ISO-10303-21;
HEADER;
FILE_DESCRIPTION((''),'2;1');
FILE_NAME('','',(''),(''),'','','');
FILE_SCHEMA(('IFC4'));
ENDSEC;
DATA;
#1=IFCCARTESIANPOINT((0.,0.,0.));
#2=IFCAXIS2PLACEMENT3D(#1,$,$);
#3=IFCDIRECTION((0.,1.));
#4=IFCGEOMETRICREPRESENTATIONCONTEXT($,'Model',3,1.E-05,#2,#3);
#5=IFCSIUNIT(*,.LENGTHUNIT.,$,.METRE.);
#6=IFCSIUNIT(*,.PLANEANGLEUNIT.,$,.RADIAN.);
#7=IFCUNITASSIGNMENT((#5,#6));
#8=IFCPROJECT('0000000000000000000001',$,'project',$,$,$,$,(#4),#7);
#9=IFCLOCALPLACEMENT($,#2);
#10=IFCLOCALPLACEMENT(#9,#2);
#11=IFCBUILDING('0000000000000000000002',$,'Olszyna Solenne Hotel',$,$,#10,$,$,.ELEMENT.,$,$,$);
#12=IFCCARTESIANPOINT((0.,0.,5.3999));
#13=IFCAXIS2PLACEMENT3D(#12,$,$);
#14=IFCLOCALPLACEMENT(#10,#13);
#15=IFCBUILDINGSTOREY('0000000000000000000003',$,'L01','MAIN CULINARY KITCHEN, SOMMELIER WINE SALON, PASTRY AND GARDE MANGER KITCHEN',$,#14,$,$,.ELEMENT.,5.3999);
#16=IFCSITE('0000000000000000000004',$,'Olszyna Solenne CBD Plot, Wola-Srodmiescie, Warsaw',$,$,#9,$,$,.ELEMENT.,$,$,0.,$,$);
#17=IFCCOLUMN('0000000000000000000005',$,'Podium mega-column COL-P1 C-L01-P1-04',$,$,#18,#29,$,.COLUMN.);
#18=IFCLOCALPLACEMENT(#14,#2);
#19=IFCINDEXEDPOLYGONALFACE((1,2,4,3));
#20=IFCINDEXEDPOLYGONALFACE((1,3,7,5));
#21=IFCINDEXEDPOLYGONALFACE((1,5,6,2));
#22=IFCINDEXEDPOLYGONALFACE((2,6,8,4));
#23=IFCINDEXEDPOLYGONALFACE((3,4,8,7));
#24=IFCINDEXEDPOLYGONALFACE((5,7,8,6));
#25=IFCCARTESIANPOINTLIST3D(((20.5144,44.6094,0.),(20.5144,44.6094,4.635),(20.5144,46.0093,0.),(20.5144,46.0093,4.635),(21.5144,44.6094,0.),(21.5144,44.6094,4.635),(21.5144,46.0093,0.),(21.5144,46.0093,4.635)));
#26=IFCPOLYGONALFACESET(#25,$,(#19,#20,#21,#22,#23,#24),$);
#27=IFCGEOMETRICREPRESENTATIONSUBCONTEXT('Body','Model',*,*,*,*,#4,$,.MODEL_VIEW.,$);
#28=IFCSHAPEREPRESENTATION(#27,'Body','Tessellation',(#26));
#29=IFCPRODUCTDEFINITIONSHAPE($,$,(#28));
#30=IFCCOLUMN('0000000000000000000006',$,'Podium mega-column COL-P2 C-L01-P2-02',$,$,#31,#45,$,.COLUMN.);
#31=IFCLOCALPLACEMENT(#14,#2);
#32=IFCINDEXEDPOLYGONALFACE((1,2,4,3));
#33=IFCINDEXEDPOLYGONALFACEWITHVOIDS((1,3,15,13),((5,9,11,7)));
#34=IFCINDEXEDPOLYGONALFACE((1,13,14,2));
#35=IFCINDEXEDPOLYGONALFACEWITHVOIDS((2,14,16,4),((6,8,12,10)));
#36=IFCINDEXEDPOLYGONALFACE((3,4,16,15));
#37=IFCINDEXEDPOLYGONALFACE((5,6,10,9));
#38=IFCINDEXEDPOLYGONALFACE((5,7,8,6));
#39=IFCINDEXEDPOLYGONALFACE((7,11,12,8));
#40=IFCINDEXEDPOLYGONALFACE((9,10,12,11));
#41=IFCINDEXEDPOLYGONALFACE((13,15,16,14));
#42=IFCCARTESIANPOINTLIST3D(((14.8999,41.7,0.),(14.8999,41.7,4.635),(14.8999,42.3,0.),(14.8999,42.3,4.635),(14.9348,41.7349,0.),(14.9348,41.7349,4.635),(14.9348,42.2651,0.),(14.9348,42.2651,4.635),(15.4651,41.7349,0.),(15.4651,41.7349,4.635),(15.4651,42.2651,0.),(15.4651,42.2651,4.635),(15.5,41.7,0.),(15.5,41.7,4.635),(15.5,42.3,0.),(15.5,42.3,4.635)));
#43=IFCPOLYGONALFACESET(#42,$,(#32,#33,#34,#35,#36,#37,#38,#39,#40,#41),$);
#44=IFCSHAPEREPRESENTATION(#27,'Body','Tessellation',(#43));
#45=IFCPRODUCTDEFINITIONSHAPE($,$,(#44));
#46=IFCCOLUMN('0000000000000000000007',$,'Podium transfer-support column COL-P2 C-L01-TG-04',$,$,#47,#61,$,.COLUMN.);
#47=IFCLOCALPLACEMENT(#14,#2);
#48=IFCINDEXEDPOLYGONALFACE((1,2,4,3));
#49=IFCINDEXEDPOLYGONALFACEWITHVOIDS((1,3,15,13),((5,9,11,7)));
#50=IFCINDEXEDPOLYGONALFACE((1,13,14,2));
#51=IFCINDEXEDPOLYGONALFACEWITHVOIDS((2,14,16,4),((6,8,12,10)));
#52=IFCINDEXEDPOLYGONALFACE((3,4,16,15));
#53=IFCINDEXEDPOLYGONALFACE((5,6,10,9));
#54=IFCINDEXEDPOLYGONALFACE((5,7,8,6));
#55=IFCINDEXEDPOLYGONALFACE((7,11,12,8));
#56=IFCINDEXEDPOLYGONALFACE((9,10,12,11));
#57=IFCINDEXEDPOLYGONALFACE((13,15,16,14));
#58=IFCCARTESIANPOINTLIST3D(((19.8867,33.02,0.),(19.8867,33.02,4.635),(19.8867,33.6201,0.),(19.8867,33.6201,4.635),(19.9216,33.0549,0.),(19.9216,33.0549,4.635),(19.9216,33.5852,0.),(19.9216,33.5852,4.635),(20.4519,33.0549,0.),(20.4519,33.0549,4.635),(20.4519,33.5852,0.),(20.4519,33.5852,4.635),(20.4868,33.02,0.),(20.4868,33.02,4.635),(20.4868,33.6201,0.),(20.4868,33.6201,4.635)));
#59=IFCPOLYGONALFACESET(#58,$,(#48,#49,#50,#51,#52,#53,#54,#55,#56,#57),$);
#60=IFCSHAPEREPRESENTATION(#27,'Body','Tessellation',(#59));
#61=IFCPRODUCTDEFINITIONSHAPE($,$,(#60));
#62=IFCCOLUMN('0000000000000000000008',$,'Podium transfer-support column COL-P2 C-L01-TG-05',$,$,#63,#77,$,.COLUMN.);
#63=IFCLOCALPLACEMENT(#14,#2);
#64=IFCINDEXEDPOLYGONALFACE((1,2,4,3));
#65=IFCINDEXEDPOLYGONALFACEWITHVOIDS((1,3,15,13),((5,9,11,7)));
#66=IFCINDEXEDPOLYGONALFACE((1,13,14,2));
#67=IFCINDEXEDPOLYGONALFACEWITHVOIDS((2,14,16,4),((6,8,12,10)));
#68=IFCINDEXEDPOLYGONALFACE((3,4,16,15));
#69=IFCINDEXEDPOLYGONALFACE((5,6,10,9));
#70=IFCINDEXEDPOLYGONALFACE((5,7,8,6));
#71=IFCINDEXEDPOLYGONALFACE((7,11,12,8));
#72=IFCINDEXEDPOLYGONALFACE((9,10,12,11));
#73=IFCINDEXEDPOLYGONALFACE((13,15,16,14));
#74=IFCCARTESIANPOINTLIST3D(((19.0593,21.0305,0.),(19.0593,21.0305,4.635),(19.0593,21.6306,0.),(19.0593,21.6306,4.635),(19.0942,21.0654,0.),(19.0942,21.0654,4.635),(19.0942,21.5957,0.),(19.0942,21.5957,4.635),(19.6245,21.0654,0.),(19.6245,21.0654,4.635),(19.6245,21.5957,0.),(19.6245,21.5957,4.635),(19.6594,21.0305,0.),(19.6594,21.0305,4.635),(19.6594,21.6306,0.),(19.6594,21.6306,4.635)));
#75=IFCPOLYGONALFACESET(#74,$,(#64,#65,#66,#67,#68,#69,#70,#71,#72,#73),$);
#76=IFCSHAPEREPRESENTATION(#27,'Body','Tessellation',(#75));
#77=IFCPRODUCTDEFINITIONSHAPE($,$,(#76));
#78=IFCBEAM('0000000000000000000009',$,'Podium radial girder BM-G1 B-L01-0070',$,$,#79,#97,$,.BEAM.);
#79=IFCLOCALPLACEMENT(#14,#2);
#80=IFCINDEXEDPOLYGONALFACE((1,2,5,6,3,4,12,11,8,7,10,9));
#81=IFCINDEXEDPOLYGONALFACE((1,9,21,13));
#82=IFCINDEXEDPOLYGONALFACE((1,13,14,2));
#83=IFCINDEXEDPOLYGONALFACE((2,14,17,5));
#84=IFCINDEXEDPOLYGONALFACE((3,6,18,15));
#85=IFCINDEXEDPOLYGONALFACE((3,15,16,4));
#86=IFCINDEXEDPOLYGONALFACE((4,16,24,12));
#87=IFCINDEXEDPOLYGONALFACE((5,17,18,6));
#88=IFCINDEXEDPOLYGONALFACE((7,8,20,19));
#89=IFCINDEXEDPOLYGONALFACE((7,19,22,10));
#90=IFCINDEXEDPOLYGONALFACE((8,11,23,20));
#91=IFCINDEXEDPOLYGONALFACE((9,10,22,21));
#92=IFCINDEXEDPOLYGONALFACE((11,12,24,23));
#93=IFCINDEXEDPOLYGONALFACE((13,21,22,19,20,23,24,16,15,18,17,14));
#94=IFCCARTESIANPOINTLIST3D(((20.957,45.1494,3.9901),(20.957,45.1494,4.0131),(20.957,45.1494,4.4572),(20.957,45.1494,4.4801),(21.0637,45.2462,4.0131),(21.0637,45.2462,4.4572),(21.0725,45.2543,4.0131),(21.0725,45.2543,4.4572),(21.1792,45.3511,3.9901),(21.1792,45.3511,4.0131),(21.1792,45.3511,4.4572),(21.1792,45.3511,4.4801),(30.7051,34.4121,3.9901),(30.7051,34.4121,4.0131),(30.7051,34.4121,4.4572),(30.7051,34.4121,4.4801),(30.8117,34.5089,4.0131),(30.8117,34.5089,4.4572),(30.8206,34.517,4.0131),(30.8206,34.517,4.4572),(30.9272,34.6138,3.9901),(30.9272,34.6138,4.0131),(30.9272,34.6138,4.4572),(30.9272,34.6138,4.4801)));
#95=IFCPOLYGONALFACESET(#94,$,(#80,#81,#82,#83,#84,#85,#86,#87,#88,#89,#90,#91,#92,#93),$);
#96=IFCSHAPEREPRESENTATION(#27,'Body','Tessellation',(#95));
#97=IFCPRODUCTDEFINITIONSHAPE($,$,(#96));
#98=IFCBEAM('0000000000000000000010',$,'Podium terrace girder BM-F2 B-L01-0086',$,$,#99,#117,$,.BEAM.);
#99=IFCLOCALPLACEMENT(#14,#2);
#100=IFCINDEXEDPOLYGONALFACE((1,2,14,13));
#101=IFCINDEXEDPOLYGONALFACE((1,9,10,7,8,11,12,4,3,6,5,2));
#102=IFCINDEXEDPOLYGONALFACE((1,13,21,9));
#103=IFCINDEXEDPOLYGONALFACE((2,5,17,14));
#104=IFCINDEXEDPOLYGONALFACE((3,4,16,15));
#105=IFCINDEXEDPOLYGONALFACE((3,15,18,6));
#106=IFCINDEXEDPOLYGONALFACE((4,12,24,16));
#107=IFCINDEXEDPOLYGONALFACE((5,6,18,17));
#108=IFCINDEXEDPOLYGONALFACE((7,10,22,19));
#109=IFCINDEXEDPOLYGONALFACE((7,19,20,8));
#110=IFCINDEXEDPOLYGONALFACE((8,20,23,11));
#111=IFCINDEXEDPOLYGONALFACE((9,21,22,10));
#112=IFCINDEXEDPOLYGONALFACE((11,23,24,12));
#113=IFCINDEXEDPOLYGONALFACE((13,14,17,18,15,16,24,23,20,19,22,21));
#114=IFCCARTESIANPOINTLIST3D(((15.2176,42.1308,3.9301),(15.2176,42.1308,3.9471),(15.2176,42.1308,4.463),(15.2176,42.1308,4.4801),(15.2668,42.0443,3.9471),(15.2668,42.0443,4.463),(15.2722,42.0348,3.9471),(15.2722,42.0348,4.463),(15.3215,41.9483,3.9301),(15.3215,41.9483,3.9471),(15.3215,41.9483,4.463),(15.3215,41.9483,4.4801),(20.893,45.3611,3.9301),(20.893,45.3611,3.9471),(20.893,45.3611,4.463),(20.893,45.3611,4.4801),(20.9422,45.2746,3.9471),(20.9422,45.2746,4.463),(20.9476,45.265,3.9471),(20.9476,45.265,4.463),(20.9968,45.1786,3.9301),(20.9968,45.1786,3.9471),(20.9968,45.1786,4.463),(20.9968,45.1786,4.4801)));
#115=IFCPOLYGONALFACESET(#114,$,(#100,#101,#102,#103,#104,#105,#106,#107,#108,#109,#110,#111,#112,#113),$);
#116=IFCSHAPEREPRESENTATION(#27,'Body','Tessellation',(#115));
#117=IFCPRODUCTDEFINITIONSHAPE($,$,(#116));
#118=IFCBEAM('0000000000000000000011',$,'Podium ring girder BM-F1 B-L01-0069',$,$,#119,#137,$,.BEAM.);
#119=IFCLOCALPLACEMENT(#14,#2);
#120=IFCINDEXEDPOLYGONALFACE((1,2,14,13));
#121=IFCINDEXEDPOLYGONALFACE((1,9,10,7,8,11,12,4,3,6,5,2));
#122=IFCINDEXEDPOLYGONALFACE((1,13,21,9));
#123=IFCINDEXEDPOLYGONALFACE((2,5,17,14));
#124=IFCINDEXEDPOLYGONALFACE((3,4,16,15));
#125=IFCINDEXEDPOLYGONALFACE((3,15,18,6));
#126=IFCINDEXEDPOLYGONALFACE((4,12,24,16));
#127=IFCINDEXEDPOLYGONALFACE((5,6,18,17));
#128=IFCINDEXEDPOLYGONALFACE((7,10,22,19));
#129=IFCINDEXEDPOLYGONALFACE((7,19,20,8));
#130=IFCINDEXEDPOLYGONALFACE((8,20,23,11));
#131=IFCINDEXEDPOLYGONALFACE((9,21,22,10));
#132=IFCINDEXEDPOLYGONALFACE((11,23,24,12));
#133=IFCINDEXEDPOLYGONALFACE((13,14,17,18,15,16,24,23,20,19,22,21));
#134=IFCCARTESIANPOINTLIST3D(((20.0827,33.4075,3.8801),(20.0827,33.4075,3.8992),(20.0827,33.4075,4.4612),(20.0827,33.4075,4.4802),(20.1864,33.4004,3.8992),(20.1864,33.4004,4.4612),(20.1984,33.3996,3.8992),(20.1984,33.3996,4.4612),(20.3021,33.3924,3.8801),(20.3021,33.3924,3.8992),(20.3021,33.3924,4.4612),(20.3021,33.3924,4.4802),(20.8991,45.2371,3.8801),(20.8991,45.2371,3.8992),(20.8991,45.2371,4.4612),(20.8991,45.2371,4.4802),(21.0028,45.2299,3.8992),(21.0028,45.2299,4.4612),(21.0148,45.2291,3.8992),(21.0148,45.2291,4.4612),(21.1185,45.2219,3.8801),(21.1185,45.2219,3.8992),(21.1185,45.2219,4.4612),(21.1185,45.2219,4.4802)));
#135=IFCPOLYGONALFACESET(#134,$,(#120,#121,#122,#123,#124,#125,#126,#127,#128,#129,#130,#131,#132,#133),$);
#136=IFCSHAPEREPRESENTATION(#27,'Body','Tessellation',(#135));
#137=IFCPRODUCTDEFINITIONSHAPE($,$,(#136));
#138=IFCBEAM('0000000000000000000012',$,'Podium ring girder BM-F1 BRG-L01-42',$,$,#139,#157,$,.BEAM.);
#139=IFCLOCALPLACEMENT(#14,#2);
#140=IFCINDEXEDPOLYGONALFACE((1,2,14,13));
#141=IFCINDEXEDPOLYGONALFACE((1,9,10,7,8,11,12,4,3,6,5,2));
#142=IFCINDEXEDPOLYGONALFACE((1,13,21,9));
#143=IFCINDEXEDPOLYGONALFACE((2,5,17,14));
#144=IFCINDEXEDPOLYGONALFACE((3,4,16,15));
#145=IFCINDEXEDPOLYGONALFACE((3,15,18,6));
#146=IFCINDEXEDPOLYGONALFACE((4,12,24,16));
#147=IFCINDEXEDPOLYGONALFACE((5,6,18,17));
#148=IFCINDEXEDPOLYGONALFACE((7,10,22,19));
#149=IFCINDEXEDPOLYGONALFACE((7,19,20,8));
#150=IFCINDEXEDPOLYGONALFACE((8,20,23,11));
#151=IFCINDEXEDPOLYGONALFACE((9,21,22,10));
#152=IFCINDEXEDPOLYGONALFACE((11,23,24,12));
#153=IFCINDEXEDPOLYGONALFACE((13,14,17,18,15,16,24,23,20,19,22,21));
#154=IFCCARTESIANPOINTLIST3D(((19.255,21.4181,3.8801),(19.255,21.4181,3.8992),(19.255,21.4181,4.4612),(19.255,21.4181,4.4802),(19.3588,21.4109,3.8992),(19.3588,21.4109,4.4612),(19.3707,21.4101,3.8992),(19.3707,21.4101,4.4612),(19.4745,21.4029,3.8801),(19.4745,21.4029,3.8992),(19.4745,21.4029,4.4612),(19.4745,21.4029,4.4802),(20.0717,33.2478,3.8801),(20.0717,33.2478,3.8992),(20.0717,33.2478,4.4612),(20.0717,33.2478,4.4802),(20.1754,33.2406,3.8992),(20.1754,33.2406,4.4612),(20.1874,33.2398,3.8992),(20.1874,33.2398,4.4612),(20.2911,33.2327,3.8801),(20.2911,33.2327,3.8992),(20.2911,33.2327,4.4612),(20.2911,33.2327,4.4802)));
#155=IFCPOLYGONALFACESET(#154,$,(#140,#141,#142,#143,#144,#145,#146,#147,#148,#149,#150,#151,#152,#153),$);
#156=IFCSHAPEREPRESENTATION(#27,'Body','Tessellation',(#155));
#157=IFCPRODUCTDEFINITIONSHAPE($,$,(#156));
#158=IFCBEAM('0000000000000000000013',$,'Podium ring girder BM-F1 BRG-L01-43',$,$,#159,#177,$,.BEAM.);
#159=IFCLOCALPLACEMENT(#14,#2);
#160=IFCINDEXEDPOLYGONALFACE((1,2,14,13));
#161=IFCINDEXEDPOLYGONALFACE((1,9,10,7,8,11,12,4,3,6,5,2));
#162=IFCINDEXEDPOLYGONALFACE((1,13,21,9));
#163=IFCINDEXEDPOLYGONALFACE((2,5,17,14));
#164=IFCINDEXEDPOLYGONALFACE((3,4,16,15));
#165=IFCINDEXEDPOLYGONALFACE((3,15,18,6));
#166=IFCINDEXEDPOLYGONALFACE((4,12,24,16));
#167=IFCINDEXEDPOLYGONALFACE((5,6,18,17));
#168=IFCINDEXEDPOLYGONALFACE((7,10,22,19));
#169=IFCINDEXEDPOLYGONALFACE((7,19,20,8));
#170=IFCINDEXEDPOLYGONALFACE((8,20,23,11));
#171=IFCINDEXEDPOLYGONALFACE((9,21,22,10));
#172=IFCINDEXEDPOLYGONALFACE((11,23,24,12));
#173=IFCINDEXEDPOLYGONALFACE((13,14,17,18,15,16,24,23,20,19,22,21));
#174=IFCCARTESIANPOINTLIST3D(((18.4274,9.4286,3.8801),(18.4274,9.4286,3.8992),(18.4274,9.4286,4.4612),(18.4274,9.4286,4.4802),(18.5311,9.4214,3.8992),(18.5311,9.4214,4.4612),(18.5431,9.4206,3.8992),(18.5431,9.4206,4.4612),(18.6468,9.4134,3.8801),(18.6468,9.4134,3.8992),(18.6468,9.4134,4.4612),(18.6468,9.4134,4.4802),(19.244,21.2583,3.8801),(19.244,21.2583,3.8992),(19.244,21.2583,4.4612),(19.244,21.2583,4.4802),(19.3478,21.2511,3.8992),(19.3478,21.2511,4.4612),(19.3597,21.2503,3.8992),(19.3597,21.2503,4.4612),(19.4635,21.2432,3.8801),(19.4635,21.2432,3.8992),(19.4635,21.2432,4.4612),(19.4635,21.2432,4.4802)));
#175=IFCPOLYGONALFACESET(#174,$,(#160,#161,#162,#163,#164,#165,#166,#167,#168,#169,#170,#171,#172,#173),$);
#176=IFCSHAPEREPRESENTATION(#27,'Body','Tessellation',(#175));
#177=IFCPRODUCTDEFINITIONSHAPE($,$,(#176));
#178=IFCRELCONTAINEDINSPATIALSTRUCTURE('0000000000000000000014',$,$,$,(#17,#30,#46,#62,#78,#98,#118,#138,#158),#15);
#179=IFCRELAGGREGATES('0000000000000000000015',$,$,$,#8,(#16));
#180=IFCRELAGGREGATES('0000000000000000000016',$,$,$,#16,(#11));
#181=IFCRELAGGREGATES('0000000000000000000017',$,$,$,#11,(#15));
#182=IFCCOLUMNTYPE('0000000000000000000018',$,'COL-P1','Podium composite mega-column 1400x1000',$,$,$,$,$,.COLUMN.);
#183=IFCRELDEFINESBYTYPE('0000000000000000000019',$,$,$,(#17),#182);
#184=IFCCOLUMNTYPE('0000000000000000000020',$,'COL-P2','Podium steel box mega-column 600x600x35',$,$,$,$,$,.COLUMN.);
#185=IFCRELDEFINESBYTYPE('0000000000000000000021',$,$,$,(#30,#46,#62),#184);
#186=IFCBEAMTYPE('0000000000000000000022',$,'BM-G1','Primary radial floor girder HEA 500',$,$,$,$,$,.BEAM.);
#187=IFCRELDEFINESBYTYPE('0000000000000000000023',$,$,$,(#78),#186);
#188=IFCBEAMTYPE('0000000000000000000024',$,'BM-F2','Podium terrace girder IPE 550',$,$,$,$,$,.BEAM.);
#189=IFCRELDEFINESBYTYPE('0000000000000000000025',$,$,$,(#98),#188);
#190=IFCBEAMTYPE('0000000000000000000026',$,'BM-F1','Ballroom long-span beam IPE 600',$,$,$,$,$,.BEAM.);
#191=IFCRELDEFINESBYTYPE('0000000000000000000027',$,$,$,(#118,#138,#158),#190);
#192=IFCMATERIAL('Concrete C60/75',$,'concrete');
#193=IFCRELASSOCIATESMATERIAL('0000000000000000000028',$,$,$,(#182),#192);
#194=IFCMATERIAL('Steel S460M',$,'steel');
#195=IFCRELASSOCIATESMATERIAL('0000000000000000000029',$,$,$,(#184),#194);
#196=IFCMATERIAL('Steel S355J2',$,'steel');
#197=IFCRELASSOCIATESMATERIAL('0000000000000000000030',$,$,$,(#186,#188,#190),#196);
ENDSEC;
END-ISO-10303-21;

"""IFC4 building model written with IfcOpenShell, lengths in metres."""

from ifc_helpers import new_model, si_unit, direction, frame, origin, origin_2d, place, context, subcontext, project, spatial, rectangle, hollow_rectangle, i_section, extrude, source, transform, mapped, material, material_profile, profile_set, type_object, element, save


model = new_model("IFC4")

# Units and contexts
model_context = context("Model", 3, precision=1e-05, world=origin(), true_north=direction((0.0, 1.0)))
body_context = subcontext(model_context, "Body", "Model", "MODEL_VIEW")
ifc_project = project(units=[si_unit("LENGTHUNIT", "METRE"), si_unit("PLANEANGLEUNIT", "RADIAN")], contexts=[model_context])

# Site, building, storey
site_placement = place(None, origin())
site = spatial("IfcSite", under=ifc_project, at=site_placement, Name="Olszyna Solenne CBD Plot, Wola-Srodmiescie, Warsaw", CompositionType="ELEMENT", RefElevation=0.0)
building_placement = place(site_placement, origin())
building = spatial("IfcBuilding", under=site, at=building_placement, Name="Olszyna Solenne Hotel", CompositionType="ELEMENT")
storey_placement = place(building_placement, frame((0.0, 0.0, 5.3999)))
storey = spatial("IfcBuildingStorey", under=building, at=storey_placement, Name="L01", Description="MAIN CULINARY KITCHEN, SOMMELIER WINE SALON, PASTRY AND GARDE MANGER KITCHEN", CompositionType="ELEMENT", Elevation=5.3999)

# Columns
ifc_material_1 = material(Name="Concrete C60/75", Category="concrete")
ifc_material_profile_1 = material_profile(ifc_material_1, rectangle(XDim=1.0, YDim=1.3999, at=origin_2d()), Name="RC 1400x1000", Category="load-bearing")
ifc_profile_set_1 = profile_set([ifc_material_profile_1], Name="Concrete C60/75")
column_type_1 = type_object("IfcColumnType", Name="COL-P1", Description="Podium composite mega-column 1400x1000", PredefinedType="COLUMN", material=ifc_profile_set_1)
shared_shape_1 = source(origin(), body_context, "Body", "SweptSolid", [
    extrude(rectangle(XDim=1.0, YDim=1.3999, at=origin_2d()), origin(), (0.0, 0.0, 1.0), 4.635),
])
column_placement = place(storey_placement, frame((21.0144, 45.3093, 0.0), z_axis=(0.0, 0.0, 1.0), x_axis=(1.0, 0.0, 0.0)))
element("IfcColumn", 1, at=column_placement, inside=storey, type_object=column_type_1, Name="Podium mega-column COL-P1 C-L01-P1-04", PredefinedType="COLUMN", context=body_context, shape_type="MappedRepresentation", body=[
    mapped(shared_shape_1, transform((0.0, 0.0, 0.0), x_axis=(1.0, 0.0, 0.0), y_axis=(0.0, 1.0, 0.0), z_axis=(0.0, 0.0, 1.0), scale=1.0)),
])
ifc_material_2 = material(Name="Steel S460M", Category="steel")
ifc_material_profile_2 = material_profile(ifc_material_2, hollow_rectangle(XDim=0.6001, YDim=0.6001, WallThickness=0.0349, at=origin_2d()), Name="SHS 600x600x35", Category="load-bearing")
ifc_profile_set_2 = profile_set([ifc_material_profile_2], Name="Steel S460M")
column_type_2 = type_object("IfcColumnType", Name="COL-P2", Description="Podium steel box mega-column 600x600x35", PredefinedType="COLUMN", material=ifc_profile_set_2)
shared_shape_2 = source(origin(), body_context, "Body", "SweptSolid", [
    extrude(hollow_rectangle(XDim=0.6001, YDim=0.6001, WallThickness=0.0349, at=origin_2d()), origin(), (0.0, 0.0, 1.0), 4.635),
])
for number, where, z_axis, x_axis, name in (
    (2, (15.2, 42.0, 0.0), (0.0, 0.0, 1.0), (1.0, 0.0, 0.0), "Podium mega-column COL-P2 C-L01-P2-02"),
    (3, (20.1868, 33.3201, 0.0), (0.0, 0.0, 1.0), (1.0, 0.0, 0.0), "Podium transfer-support column COL-P2 C-L01-TG-04"),
    (4, (19.3594, 21.3306, 0.0), (0.0, 0.0, 1.0), (1.0, 0.0, 0.0), "Podium transfer-support column COL-P2 C-L01-TG-05"),
):
    element("IfcColumn", number, at=place(storey_placement, frame(where, z_axis=z_axis, x_axis=x_axis)), inside=storey, type_object=column_type_2, Name=name, PredefinedType="COLUMN", context=body_context, shape_type="MappedRepresentation", body=[
        mapped(shared_shape_2, transform((0.0, 0.0, 0.0), x_axis=(1.0, 0.0, 0.0), y_axis=(0.0, 1.0, 0.0), z_axis=(0.0, 0.0, 1.0), scale=1.0)),
    ])

# Beams
ifc_material_3 = material(Name="Steel S355J2", Category="steel")
ifc_material_profile_3 = material_profile(ifc_material_3, i_section(OverallWidth=0.3, OverallDepth=0.49, WebThickness=0.012, FlangeThickness=0.0229, at=origin_2d()), Name="HEA 500", Category="load-bearing")
ifc_profile_set_3 = profile_set([ifc_material_profile_3], Name="Steel S355J2")
beam_type_1 = type_object("IfcBeamType", Name="BM-G1", Description="Primary radial floor girder HEA 500", PredefinedType="BEAM", material=ifc_profile_set_3)
shared_shape_3 = source(origin(), body_context, "Body", "SweptSolid", [
    extrude(i_section(OverallWidth=0.3, OverallDepth=0.49, WebThickness=0.012, FlangeThickness=0.0229, at=origin_2d()), origin(), (0.0, 0.0, 1.0), 14.5022),
])
beam_1_placement = place(storey_placement, frame((21.0681, 45.2502, 4.2351), z_axis=(0.672177, -0.740391, 0.0), x_axis=(0.740391, 0.672177, 0.0)))
element("IfcBeam", 5, at=beam_1_placement, inside=storey, type_object=beam_type_1, Name="Podium radial girder BM-G1 B-L01-0070", PredefinedType="BEAM", context=body_context, shape_type="MappedRepresentation", body=[
    mapped(shared_shape_3, transform((0.0, 0.0, 0.0), x_axis=(1.0, 0.0, 0.0), y_axis=(0.0, 1.0, 0.0), z_axis=(0.0, 0.0, 1.0), scale=1.0)),
])
ifc_material_profile_4 = material_profile(ifc_material_3, i_section(OverallWidth=0.21, OverallDepth=0.55, WebThickness=0.011, FlangeThickness=0.0171, at=origin_2d()), Name="IPE 550", Category="load-bearing")
ifc_profile_set_4 = profile_set([ifc_material_profile_4], Name="Steel S355J2")
beam_type_2 = type_object("IfcBeamType", Name="BM-F2", Description="Podium terrace girder IPE 550", PredefinedType="BEAM", material=ifc_profile_set_4)
shared_shape_4 = source(origin(), body_context, "Body", "SweptSolid", [
    extrude(i_section(OverallWidth=0.21, OverallDepth=0.55, WebThickness=0.011, FlangeThickness=0.0171, at=origin_2d()), origin(), (0.0, 0.0, 1.0), 6.5303),
])
beam_2_placement = place(storey_placement, frame((15.2695, 42.0396, 4.2051), z_axis=(0.869086, 0.494661, 0.0), x_axis=(-0.494661, 0.869086, 0.0)))
element("IfcBeam", 6, at=beam_2_placement, inside=storey, type_object=beam_type_2, Name="Podium terrace girder BM-F2 B-L01-0086", PredefinedType="BEAM", context=body_context, shape_type="MappedRepresentation", body=[
    mapped(shared_shape_4, transform((0.0, 0.0, 0.0), x_axis=(1.0, 0.0, 0.0), y_axis=(0.0, 1.0, 0.0), z_axis=(0.0, 0.0, 1.0), scale=1.0)),
])
ifc_material_profile_5 = material_profile(ifc_material_3, i_section(OverallWidth=0.22, OverallDepth=0.6001, WebThickness=0.012, FlangeThickness=0.019, at=origin_2d()), Name="IPE 600", Category="load-bearing")
ifc_profile_set_5 = profile_set([ifc_material_profile_5], Name="Steel S355J2")
beam_type_3 = type_object("IfcBeamType", Name="BM-F1", Description="Ballroom long-span beam IPE 600", PredefinedType="BEAM", material=ifc_profile_set_5)
shared_shape_5 = source(origin(), body_context, "Body", "SweptSolid", [
    extrude(i_section(OverallWidth=0.22, OverallDepth=0.6001, WebThickness=0.012, FlangeThickness=0.019, at=origin_2d()), origin(), (0.0, 0.0, 1.0), 11.8577),
])
beam_3_placement = place(storey_placement, frame((21.0088, 45.2295, 4.1802), z_axis=(-0.06885, -0.997627, 0.0), x_axis=(0.997627, -0.06885, 0.0)))
element("IfcBeam", 7, at=beam_3_placement, inside=storey, type_object=beam_type_3, Name="Podium ring girder BM-F1 B-L01-0069", PredefinedType="BEAM", context=body_context, shape_type="MappedRepresentation", body=[
    mapped(shared_shape_5, transform((0.0, 0.0, 0.0), x_axis=(1.0, 0.0, 0.0), y_axis=(0.0, 1.0, 0.0), z_axis=(0.0, 0.0, 1.0), scale=1.0)),
])
shared_shape_6 = source(origin(), body_context, "Body", "SweptSolid", [
    extrude(i_section(OverallWidth=0.22, OverallDepth=0.6001, WebThickness=0.012, FlangeThickness=0.019, at=origin_2d()), origin(), (0.0, 0.0, 1.0), 11.8579),
])
for number, where, z_axis, x_axis, name in (
    (8, (20.1814, 33.2402, 4.1802), (-0.068869, -0.997626, 0.0), (0.997626, -0.068869, 0.0), "Podium ring girder BM-F1 BRG-L01-42"),
    (9, (19.3538, 21.2507, 4.1802), (-0.068869, -0.997626, 0.0), (0.997626, -0.068869, 0.0), "Podium ring girder BM-F1 BRG-L01-43"),
):
    element("IfcBeam", number, at=place(storey_placement, frame(where, z_axis=z_axis, x_axis=x_axis)), inside=storey, type_object=beam_type_3, Name=name, PredefinedType="BEAM", context=body_context, shape_type="MappedRepresentation", body=[
        mapped(shared_shape_6, transform((0.0, 0.0, 0.0), x_axis=(1.0, 0.0, 0.0), y_axis=(0.0, 1.0, 0.0), z_axis=(0.0, 0.0, 1.0), scale=1.0)),
    ])

save(model, "model.ifc")
